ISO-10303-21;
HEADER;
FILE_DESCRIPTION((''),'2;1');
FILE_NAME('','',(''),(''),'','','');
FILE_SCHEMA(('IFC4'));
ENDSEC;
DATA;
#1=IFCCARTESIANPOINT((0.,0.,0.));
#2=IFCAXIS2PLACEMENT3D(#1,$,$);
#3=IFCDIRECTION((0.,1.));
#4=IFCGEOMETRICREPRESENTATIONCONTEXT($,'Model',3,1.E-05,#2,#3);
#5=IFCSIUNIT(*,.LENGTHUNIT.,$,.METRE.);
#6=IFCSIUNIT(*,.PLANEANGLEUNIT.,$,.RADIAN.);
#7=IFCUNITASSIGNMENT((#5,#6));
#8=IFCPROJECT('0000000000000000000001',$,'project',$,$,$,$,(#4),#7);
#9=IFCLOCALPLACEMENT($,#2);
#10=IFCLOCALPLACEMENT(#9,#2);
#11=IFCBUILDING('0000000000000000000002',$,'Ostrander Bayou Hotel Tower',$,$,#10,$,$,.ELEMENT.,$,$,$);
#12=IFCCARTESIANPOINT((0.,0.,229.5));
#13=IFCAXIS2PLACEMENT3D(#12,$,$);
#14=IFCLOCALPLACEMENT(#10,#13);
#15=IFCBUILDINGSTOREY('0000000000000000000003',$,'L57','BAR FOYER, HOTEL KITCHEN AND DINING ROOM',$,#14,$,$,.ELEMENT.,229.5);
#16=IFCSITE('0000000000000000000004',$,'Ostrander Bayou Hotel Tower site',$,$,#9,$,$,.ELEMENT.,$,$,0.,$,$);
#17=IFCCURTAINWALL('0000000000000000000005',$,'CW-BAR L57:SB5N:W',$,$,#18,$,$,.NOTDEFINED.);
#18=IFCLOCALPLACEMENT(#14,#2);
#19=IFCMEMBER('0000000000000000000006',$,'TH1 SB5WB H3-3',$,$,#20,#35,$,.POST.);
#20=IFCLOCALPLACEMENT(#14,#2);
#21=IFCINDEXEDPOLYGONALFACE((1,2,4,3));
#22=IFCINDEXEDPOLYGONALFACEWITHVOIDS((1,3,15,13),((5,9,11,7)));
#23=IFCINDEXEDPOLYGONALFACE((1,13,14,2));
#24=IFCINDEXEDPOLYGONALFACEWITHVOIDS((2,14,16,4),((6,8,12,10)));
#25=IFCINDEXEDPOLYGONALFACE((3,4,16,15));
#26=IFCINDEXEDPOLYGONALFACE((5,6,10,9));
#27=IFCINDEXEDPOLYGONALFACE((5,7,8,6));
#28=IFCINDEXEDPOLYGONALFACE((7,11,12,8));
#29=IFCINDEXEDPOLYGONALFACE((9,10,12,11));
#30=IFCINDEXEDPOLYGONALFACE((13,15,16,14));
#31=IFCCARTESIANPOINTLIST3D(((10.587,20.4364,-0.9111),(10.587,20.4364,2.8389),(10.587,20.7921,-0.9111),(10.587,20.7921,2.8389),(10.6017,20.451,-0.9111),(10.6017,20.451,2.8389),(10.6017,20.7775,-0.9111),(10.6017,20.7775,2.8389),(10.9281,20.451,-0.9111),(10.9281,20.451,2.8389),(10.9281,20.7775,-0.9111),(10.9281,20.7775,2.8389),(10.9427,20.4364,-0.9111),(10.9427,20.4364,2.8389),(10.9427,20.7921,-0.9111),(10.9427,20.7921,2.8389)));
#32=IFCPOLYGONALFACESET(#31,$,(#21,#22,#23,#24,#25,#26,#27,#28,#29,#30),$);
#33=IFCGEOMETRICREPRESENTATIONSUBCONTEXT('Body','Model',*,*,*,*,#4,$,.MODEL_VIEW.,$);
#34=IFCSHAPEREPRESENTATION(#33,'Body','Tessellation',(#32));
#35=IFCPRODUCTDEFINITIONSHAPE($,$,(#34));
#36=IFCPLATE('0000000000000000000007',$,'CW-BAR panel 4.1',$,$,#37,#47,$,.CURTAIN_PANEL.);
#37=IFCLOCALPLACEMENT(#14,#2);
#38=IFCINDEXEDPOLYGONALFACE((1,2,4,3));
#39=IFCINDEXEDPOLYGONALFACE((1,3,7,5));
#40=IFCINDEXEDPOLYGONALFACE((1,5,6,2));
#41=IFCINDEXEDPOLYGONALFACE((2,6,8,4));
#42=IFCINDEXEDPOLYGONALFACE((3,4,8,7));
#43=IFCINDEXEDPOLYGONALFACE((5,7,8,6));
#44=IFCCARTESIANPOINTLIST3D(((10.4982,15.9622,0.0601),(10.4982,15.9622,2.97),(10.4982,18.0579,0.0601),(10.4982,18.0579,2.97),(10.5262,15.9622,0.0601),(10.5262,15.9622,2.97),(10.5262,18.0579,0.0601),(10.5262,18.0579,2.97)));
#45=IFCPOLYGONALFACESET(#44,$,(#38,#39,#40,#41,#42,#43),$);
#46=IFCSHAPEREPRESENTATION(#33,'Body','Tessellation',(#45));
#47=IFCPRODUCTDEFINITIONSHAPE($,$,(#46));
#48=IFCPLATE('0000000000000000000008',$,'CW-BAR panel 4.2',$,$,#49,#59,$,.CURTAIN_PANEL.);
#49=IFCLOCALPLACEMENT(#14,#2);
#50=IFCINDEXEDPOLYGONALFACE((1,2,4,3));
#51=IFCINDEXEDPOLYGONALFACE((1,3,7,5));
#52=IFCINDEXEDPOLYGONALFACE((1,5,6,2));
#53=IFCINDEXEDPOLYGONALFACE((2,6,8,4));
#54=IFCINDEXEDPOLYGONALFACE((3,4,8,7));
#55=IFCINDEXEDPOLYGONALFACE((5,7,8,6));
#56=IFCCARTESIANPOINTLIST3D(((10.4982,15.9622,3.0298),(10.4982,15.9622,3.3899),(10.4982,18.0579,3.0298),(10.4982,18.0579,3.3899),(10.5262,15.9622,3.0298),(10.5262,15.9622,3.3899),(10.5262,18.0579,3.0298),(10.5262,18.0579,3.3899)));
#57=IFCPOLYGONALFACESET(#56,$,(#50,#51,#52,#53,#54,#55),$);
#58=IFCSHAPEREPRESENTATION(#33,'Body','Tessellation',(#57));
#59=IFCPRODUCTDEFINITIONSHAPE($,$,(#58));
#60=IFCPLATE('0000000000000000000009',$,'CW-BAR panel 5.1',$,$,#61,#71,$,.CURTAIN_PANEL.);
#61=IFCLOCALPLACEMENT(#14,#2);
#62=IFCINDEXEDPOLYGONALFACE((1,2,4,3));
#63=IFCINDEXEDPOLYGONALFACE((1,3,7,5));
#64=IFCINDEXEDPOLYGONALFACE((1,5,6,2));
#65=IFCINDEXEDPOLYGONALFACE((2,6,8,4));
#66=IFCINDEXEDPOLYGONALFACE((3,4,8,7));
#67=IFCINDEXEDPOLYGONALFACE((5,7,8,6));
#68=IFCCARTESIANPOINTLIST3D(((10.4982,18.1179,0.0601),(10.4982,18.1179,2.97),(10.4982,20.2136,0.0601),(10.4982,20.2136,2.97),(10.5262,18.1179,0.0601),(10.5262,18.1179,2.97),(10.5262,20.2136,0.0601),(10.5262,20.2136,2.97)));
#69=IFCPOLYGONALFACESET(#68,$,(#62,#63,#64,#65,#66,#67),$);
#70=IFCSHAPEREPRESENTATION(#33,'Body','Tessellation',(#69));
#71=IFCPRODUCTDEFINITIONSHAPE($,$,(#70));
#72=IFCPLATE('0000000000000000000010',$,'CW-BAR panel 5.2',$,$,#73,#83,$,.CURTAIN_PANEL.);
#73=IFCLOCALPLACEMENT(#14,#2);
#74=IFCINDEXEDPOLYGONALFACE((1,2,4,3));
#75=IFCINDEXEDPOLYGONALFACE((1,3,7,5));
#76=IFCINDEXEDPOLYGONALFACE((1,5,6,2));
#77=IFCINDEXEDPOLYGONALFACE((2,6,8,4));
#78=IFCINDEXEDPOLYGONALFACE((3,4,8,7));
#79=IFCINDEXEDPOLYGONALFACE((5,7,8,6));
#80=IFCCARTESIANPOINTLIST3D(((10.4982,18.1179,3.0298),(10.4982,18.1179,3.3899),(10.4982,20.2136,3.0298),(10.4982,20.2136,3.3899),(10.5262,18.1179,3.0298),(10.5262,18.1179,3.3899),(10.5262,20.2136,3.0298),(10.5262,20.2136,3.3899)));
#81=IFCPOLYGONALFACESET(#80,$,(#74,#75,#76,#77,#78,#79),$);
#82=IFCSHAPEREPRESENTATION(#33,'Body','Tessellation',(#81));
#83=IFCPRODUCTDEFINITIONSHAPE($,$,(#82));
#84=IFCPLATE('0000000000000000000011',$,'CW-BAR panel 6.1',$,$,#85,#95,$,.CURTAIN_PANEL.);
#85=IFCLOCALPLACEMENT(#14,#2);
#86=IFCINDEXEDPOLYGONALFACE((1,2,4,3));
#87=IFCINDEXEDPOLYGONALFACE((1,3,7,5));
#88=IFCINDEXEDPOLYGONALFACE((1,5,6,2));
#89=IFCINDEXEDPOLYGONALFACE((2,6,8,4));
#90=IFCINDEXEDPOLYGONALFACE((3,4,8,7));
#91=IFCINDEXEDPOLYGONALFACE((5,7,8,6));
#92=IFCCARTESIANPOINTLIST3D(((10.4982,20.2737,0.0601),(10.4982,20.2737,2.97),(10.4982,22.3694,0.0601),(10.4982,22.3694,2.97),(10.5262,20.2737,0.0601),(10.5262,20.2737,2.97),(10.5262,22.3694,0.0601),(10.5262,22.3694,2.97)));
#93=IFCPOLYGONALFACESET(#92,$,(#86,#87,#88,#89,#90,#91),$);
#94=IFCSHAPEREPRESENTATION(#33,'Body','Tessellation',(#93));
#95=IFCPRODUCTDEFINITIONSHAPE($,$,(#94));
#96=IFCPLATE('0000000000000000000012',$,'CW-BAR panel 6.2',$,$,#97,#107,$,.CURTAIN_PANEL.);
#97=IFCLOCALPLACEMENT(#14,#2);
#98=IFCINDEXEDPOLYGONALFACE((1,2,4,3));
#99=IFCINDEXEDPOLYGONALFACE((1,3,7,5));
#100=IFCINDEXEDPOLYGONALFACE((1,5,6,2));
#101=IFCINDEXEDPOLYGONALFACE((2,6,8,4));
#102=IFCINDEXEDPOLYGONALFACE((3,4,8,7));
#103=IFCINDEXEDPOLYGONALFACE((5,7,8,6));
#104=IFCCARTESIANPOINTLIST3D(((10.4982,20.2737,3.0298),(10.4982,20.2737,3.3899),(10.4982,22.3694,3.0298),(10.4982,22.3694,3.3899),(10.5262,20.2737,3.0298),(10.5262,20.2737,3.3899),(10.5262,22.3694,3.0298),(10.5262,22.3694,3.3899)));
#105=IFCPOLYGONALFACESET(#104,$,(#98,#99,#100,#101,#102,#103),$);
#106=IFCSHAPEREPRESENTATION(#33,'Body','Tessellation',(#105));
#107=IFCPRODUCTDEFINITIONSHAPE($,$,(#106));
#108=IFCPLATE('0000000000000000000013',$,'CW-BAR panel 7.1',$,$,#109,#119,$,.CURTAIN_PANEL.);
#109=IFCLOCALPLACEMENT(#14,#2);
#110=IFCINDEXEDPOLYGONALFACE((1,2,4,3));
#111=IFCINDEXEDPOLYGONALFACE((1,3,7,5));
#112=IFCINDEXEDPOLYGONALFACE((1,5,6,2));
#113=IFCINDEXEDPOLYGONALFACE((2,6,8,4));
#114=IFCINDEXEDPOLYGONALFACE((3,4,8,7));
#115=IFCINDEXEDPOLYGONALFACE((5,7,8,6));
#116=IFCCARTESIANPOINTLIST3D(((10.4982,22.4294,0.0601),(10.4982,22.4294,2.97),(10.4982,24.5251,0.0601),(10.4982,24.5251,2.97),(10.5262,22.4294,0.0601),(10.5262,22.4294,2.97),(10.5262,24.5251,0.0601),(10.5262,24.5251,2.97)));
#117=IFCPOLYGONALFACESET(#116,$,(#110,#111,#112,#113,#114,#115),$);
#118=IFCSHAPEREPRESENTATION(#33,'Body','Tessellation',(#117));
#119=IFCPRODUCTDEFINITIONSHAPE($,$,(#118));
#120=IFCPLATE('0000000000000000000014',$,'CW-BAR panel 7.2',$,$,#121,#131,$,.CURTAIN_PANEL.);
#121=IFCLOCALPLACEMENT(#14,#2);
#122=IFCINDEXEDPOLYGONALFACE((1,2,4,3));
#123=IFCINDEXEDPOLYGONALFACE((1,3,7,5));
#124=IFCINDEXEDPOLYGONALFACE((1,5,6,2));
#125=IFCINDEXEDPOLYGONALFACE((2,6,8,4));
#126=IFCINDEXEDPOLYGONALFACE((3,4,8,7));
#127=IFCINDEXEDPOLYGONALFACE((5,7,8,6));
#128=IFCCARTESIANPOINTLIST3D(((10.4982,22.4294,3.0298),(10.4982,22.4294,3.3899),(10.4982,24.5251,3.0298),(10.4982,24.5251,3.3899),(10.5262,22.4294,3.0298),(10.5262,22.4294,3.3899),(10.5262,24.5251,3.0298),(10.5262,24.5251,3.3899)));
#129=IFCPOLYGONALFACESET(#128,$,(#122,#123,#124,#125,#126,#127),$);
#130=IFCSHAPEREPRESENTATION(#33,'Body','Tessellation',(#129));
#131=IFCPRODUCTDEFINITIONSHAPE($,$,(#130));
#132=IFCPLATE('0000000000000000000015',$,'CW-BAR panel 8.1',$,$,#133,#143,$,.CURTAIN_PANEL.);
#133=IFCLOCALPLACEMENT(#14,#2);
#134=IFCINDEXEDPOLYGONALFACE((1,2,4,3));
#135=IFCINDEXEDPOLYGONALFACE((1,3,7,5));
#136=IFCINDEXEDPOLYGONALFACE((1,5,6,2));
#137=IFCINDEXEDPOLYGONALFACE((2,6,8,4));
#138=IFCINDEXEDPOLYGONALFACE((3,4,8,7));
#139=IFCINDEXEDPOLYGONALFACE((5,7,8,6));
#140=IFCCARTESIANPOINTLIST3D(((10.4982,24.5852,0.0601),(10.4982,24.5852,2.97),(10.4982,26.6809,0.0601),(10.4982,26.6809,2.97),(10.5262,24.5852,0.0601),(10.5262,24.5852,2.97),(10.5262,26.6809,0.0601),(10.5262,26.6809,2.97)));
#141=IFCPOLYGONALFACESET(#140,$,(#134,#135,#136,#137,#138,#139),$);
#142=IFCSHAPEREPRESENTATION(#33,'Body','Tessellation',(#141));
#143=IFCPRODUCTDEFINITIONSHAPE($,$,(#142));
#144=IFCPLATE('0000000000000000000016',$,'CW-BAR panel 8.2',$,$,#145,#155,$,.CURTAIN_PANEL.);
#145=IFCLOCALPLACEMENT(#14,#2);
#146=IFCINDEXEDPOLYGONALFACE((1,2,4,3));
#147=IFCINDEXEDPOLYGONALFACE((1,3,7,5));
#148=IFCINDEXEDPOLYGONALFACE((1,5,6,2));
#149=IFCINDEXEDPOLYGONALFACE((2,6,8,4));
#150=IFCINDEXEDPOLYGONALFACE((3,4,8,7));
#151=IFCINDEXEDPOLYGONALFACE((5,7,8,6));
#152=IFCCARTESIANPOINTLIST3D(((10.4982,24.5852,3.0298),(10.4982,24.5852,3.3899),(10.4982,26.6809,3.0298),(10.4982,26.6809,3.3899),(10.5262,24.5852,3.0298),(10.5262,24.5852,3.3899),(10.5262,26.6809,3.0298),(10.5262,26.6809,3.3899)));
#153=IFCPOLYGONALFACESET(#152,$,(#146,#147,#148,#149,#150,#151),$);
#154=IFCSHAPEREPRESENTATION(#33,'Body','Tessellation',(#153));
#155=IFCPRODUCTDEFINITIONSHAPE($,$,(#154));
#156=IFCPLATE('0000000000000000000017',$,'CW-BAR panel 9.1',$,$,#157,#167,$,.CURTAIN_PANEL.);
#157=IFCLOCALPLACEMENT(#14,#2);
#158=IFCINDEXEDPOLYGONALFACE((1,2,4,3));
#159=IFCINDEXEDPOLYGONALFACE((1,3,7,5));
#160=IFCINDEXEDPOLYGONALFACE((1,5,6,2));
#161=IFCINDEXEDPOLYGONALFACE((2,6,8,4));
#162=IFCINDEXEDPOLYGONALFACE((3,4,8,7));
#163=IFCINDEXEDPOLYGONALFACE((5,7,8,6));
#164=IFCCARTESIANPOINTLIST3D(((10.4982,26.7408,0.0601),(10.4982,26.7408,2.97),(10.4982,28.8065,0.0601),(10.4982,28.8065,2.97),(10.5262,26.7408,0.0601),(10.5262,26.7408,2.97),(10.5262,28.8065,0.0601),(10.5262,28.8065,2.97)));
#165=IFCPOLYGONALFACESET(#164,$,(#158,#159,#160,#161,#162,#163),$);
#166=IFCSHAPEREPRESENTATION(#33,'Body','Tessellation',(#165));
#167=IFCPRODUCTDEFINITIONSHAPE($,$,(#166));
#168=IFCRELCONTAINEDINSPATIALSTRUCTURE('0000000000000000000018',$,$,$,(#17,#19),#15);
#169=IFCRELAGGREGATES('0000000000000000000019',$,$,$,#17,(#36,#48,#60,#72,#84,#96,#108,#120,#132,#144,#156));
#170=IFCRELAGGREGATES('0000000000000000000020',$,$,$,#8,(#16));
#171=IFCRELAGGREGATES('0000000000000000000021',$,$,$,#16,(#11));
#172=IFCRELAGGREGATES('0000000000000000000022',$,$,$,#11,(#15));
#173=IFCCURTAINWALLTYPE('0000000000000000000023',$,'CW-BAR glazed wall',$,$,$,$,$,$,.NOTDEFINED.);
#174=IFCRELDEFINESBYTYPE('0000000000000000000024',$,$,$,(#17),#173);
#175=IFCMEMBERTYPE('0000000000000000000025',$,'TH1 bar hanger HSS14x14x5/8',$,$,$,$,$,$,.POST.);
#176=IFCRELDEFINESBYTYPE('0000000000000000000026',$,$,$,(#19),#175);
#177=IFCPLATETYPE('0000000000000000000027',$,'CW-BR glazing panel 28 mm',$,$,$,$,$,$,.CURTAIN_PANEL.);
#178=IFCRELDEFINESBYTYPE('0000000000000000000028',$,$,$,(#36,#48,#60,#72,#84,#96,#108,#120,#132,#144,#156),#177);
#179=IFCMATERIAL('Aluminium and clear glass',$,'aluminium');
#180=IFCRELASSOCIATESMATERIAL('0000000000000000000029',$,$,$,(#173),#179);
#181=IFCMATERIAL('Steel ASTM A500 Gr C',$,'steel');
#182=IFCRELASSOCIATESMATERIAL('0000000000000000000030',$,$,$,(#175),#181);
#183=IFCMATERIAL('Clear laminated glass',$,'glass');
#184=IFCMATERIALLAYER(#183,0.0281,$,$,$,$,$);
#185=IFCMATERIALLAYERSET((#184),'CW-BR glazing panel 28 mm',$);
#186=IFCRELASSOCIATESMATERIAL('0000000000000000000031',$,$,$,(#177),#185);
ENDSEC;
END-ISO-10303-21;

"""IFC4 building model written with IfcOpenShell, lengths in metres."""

from ifc_helpers import new_model, si_unit, direction, frame, origin, origin_2d, place, context, subcontext, project, spatial, rectangle, hollow_rectangle, extrude, material, layer, layer_set, material_profile, profile_set, type_object, element, aggregate, save


model = new_model("IFC4")

# Units and contexts
model_context = context("Model", 3, precision=1e-05, world=origin(), true_north=direction((0.0, 1.0)))
body_context = subcontext(model_context, "Body", "Model", "MODEL_VIEW")
ifc_project = project(units=[si_unit("LENGTHUNIT", "METRE"), si_unit("PLANEANGLEUNIT", "RADIAN")], contexts=[model_context])

# Site, building, storey
site_placement = place(None, origin())
site = spatial("IfcSite", under=ifc_project, at=site_placement, Name="Ostrander Bayou Hotel Tower site", CompositionType="ELEMENT", RefElevation=0.0)
building_placement = place(site_placement, origin())
building = spatial("IfcBuilding", under=site, at=building_placement, Name="Ostrander Bayou Hotel Tower", CompositionType="ELEMENT")
storey_placement = place(building_placement, frame((0.0, 0.0, 229.5)))
storey = spatial("IfcBuildingStorey", under=building, at=storey_placement, Name="L57", Description="BAR FOYER, HOTEL KITCHEN AND DINING ROOM", CompositionType="ELEMENT", Elevation=229.5)

# Curtain wall
ifc_material_1 = material(Name="Aluminium and clear glass", Category="aluminium")
curtain_wall_type = type_object("IfcCurtainWallType", Name="CW-BAR glazed wall", PredefinedType="NOTDEFINED", material=ifc_material_1)
curtain_wall_placement = place(storey_placement, origin())
curtain_wall = element("IfcCurtainWall", 1, at=curtain_wall_placement, inside=storey, type_object=curtain_wall_type, Name="CW-BAR L57:SB5N:W", PredefinedType="NOTDEFINED")

# Member
ifc_material_2 = material(Name="Steel ASTM A500 Gr C", Category="steel")
ifc_material_profile_1 = material_profile(ifc_material_2, hollow_rectangle(XDim=0.3557, YDim=0.3557, WallThickness=0.0146, at=origin_2d()))
ifc_profile_set_1 = profile_set([ifc_material_profile_1], Name="Steel ASTM A500 Gr C")
member_type_1 = type_object("IfcMemberType", Name="TH1 bar hanger HSS14x14x5/8", PredefinedType="POST", material=ifc_profile_set_1)
for number, where, z_axis, x_axis, name in (
    (2, (10.7649, 20.6143, -0.9111), (0.0, 0.0, 1.0), (1.0, 0.0, 0.0), "TH1 SB5WB H3-3"),
):
    element("IfcMember", number, at=place(storey_placement, frame(where, z_axis=z_axis, x_axis=x_axis)), inside=storey, type_object=member_type_1, Name=name, PredefinedType="POST", context=body_context, shape_type="SweptSolid", body=[
        extrude(hollow_rectangle(XDim=0.3557, YDim=0.3557, WallThickness=0.0146, at=origin_2d()), origin(), (0.0, 0.0, 1.0), 3.75),
    ])

# Plates
ifc_material_3 = material(Name="Clear laminated glass", Category="glass")
ifc_layer = layer(ifc_material_3, 0.0281)
ifc_layer_set = layer_set([ifc_layer], Name="CW-BR glazing panel 28 mm")
plate_type = type_object("IfcPlateType", Name="CW-BR glazing panel 28 mm", PredefinedType="CURTAIN_PANEL", material=ifc_layer_set)
plate_1_placement = place(storey_placement, frame((10.5122, 17.01, 0.0601), z_axis=(0.0, 0.0, 1.0), x_axis=(0.0, 1.0, 0.0)))
plate_1 = element("IfcPlate", 3, at=plate_1_placement, type_object=plate_type, Name="CW-BAR panel 4.1", PredefinedType="CURTAIN_PANEL", context=body_context, shape_type="SweptSolid", body=[
    extrude(rectangle(XDim=2.0957, YDim=0.0281, at=origin_2d()), origin(), (0.0, 0.0, 1.0), 2.9099),
])
plate_2_placement = place(storey_placement, frame((10.5122, 17.01, 3.0298), z_axis=(0.0, 0.0, 1.0), x_axis=(0.0, 1.0, 0.0)))
plate_2 = element("IfcPlate", 4, at=plate_2_placement, type_object=plate_type, Name="CW-BAR panel 4.2", PredefinedType="CURTAIN_PANEL", context=body_context, shape_type="SweptSolid", body=[
    extrude(rectangle(XDim=2.0957, YDim=0.0281, at=origin_2d()), origin(), (0.0, 0.0, 1.0), 0.3601),
])
plate_3_placement = place(storey_placement, frame((10.5122, 19.1658, 0.0601), z_axis=(0.0, 0.0, 1.0), x_axis=(0.0, 1.0, 0.0)))
plate_3 = element("IfcPlate", 5, at=plate_3_placement, type_object=plate_type, Name="CW-BAR panel 5.1", PredefinedType="CURTAIN_PANEL", context=body_context, shape_type="SweptSolid", body=[
    extrude(rectangle(XDim=2.0957, YDim=0.0281, at=origin_2d()), origin(), (0.0, 0.0, 1.0), 2.9099),
])
plate_4_placement = place(storey_placement, frame((10.5122, 19.1658, 3.0298), z_axis=(0.0, 0.0, 1.0), x_axis=(0.0, 1.0, 0.0)))
plate_4 = element("IfcPlate", 6, at=plate_4_placement, type_object=plate_type, Name="CW-BAR panel 5.2", PredefinedType="CURTAIN_PANEL", context=body_context, shape_type="SweptSolid", body=[
    extrude(rectangle(XDim=2.0957, YDim=0.0281, at=origin_2d()), origin(), (0.0, 0.0, 1.0), 0.3601),
])
plate_5_placement = place(storey_placement, frame((10.5122, 21.3215, 0.0601), z_axis=(0.0, 0.0, 1.0), x_axis=(0.0, 1.0, 0.0)))
plate_5 = element("IfcPlate", 7, at=plate_5_placement, type_object=plate_type, Name="CW-BAR panel 6.1", PredefinedType="CURTAIN_PANEL", context=body_context, shape_type="SweptSolid", body=[
    extrude(rectangle(XDim=2.0957, YDim=0.0281, at=origin_2d()), origin(), (0.0, 0.0, 1.0), 2.9099),
])
plate_6_placement = place(storey_placement, frame((10.5122, 21.3215, 3.0298), z_axis=(0.0, 0.0, 1.0), x_axis=(0.0, 1.0, 0.0)))
plate_6 = element("IfcPlate", 8, at=plate_6_placement, type_object=plate_type, Name="CW-BAR panel 6.2", PredefinedType="CURTAIN_PANEL", context=body_context, shape_type="SweptSolid", body=[
    extrude(rectangle(XDim=2.0957, YDim=0.0281, at=origin_2d()), origin(), (0.0, 0.0, 1.0), 0.3601),
])
plate_7_placement = place(storey_placement, frame((10.5122, 23.4773, 0.0601), z_axis=(0.0, 0.0, 1.0), x_axis=(0.0, 1.0, 0.0)))
plate_7 = element("IfcPlate", 9, at=plate_7_placement, type_object=plate_type, Name="CW-BAR panel 7.1", PredefinedType="CURTAIN_PANEL", context=body_context, shape_type="SweptSolid", body=[
    extrude(rectangle(XDim=2.0957, YDim=0.0281, at=origin_2d()), origin(), (0.0, 0.0, 1.0), 2.9099),
])
plate_8_placement = place(storey_placement, frame((10.5122, 23.4773, 3.0298), z_axis=(0.0, 0.0, 1.0), x_axis=(0.0, 1.0, 0.0)))
plate_8 = element("IfcPlate", 10, at=plate_8_placement, type_object=plate_type, Name="CW-BAR panel 7.2", PredefinedType="CURTAIN_PANEL", context=body_context, shape_type="SweptSolid", body=[
    extrude(rectangle(XDim=2.0957, YDim=0.0281, at=origin_2d()), origin(), (0.0, 0.0, 1.0), 0.3601),
])
plate_9_placement = place(storey_placement, frame((10.5122, 25.6331, 0.0601), z_axis=(0.0, 0.0, 1.0), x_axis=(0.0, 1.0, 0.0)))
plate_9 = element("IfcPlate", 11, at=plate_9_placement, type_object=plate_type, Name="CW-BAR panel 8.1", PredefinedType="CURTAIN_PANEL", context=body_context, shape_type="SweptSolid", body=[
    extrude(rectangle(XDim=2.0957, YDim=0.0281, at=origin_2d()), origin(), (0.0, 0.0, 1.0), 2.9099),
])
plate_10_placement = place(storey_placement, frame((10.5122, 25.6331, 3.0298), z_axis=(0.0, 0.0, 1.0), x_axis=(0.0, 1.0, 0.0)))
plate_10 = element("IfcPlate", 12, at=plate_10_placement, type_object=plate_type, Name="CW-BAR panel 8.2", PredefinedType="CURTAIN_PANEL", context=body_context, shape_type="SweptSolid", body=[
    extrude(rectangle(XDim=2.0957, YDim=0.0281, at=origin_2d()), origin(), (0.0, 0.0, 1.0), 0.3601),
])
plate_11_placement = place(storey_placement, frame((10.5122, 27.7737, 0.0601), z_axis=(0.0, 0.0, 1.0), x_axis=(0.0, 1.0, 0.0)))
plate_11 = element("IfcPlate", 13, at=plate_11_placement, type_object=plate_type, Name="CW-BAR panel 9.1", PredefinedType="CURTAIN_PANEL", context=body_context, shape_type="SweptSolid", body=[
    extrude(rectangle(XDim=2.0657, YDim=0.0281, at=origin_2d()), origin(), (0.0, 0.0, 1.0), 2.9099),
])
aggregate(curtain_wall, [plate_1, plate_2, plate_3, plate_4, plate_5, plate_6, plate_7, plate_8, plate_9, plate_10, plate_11])

save(model, "model.ifc")
